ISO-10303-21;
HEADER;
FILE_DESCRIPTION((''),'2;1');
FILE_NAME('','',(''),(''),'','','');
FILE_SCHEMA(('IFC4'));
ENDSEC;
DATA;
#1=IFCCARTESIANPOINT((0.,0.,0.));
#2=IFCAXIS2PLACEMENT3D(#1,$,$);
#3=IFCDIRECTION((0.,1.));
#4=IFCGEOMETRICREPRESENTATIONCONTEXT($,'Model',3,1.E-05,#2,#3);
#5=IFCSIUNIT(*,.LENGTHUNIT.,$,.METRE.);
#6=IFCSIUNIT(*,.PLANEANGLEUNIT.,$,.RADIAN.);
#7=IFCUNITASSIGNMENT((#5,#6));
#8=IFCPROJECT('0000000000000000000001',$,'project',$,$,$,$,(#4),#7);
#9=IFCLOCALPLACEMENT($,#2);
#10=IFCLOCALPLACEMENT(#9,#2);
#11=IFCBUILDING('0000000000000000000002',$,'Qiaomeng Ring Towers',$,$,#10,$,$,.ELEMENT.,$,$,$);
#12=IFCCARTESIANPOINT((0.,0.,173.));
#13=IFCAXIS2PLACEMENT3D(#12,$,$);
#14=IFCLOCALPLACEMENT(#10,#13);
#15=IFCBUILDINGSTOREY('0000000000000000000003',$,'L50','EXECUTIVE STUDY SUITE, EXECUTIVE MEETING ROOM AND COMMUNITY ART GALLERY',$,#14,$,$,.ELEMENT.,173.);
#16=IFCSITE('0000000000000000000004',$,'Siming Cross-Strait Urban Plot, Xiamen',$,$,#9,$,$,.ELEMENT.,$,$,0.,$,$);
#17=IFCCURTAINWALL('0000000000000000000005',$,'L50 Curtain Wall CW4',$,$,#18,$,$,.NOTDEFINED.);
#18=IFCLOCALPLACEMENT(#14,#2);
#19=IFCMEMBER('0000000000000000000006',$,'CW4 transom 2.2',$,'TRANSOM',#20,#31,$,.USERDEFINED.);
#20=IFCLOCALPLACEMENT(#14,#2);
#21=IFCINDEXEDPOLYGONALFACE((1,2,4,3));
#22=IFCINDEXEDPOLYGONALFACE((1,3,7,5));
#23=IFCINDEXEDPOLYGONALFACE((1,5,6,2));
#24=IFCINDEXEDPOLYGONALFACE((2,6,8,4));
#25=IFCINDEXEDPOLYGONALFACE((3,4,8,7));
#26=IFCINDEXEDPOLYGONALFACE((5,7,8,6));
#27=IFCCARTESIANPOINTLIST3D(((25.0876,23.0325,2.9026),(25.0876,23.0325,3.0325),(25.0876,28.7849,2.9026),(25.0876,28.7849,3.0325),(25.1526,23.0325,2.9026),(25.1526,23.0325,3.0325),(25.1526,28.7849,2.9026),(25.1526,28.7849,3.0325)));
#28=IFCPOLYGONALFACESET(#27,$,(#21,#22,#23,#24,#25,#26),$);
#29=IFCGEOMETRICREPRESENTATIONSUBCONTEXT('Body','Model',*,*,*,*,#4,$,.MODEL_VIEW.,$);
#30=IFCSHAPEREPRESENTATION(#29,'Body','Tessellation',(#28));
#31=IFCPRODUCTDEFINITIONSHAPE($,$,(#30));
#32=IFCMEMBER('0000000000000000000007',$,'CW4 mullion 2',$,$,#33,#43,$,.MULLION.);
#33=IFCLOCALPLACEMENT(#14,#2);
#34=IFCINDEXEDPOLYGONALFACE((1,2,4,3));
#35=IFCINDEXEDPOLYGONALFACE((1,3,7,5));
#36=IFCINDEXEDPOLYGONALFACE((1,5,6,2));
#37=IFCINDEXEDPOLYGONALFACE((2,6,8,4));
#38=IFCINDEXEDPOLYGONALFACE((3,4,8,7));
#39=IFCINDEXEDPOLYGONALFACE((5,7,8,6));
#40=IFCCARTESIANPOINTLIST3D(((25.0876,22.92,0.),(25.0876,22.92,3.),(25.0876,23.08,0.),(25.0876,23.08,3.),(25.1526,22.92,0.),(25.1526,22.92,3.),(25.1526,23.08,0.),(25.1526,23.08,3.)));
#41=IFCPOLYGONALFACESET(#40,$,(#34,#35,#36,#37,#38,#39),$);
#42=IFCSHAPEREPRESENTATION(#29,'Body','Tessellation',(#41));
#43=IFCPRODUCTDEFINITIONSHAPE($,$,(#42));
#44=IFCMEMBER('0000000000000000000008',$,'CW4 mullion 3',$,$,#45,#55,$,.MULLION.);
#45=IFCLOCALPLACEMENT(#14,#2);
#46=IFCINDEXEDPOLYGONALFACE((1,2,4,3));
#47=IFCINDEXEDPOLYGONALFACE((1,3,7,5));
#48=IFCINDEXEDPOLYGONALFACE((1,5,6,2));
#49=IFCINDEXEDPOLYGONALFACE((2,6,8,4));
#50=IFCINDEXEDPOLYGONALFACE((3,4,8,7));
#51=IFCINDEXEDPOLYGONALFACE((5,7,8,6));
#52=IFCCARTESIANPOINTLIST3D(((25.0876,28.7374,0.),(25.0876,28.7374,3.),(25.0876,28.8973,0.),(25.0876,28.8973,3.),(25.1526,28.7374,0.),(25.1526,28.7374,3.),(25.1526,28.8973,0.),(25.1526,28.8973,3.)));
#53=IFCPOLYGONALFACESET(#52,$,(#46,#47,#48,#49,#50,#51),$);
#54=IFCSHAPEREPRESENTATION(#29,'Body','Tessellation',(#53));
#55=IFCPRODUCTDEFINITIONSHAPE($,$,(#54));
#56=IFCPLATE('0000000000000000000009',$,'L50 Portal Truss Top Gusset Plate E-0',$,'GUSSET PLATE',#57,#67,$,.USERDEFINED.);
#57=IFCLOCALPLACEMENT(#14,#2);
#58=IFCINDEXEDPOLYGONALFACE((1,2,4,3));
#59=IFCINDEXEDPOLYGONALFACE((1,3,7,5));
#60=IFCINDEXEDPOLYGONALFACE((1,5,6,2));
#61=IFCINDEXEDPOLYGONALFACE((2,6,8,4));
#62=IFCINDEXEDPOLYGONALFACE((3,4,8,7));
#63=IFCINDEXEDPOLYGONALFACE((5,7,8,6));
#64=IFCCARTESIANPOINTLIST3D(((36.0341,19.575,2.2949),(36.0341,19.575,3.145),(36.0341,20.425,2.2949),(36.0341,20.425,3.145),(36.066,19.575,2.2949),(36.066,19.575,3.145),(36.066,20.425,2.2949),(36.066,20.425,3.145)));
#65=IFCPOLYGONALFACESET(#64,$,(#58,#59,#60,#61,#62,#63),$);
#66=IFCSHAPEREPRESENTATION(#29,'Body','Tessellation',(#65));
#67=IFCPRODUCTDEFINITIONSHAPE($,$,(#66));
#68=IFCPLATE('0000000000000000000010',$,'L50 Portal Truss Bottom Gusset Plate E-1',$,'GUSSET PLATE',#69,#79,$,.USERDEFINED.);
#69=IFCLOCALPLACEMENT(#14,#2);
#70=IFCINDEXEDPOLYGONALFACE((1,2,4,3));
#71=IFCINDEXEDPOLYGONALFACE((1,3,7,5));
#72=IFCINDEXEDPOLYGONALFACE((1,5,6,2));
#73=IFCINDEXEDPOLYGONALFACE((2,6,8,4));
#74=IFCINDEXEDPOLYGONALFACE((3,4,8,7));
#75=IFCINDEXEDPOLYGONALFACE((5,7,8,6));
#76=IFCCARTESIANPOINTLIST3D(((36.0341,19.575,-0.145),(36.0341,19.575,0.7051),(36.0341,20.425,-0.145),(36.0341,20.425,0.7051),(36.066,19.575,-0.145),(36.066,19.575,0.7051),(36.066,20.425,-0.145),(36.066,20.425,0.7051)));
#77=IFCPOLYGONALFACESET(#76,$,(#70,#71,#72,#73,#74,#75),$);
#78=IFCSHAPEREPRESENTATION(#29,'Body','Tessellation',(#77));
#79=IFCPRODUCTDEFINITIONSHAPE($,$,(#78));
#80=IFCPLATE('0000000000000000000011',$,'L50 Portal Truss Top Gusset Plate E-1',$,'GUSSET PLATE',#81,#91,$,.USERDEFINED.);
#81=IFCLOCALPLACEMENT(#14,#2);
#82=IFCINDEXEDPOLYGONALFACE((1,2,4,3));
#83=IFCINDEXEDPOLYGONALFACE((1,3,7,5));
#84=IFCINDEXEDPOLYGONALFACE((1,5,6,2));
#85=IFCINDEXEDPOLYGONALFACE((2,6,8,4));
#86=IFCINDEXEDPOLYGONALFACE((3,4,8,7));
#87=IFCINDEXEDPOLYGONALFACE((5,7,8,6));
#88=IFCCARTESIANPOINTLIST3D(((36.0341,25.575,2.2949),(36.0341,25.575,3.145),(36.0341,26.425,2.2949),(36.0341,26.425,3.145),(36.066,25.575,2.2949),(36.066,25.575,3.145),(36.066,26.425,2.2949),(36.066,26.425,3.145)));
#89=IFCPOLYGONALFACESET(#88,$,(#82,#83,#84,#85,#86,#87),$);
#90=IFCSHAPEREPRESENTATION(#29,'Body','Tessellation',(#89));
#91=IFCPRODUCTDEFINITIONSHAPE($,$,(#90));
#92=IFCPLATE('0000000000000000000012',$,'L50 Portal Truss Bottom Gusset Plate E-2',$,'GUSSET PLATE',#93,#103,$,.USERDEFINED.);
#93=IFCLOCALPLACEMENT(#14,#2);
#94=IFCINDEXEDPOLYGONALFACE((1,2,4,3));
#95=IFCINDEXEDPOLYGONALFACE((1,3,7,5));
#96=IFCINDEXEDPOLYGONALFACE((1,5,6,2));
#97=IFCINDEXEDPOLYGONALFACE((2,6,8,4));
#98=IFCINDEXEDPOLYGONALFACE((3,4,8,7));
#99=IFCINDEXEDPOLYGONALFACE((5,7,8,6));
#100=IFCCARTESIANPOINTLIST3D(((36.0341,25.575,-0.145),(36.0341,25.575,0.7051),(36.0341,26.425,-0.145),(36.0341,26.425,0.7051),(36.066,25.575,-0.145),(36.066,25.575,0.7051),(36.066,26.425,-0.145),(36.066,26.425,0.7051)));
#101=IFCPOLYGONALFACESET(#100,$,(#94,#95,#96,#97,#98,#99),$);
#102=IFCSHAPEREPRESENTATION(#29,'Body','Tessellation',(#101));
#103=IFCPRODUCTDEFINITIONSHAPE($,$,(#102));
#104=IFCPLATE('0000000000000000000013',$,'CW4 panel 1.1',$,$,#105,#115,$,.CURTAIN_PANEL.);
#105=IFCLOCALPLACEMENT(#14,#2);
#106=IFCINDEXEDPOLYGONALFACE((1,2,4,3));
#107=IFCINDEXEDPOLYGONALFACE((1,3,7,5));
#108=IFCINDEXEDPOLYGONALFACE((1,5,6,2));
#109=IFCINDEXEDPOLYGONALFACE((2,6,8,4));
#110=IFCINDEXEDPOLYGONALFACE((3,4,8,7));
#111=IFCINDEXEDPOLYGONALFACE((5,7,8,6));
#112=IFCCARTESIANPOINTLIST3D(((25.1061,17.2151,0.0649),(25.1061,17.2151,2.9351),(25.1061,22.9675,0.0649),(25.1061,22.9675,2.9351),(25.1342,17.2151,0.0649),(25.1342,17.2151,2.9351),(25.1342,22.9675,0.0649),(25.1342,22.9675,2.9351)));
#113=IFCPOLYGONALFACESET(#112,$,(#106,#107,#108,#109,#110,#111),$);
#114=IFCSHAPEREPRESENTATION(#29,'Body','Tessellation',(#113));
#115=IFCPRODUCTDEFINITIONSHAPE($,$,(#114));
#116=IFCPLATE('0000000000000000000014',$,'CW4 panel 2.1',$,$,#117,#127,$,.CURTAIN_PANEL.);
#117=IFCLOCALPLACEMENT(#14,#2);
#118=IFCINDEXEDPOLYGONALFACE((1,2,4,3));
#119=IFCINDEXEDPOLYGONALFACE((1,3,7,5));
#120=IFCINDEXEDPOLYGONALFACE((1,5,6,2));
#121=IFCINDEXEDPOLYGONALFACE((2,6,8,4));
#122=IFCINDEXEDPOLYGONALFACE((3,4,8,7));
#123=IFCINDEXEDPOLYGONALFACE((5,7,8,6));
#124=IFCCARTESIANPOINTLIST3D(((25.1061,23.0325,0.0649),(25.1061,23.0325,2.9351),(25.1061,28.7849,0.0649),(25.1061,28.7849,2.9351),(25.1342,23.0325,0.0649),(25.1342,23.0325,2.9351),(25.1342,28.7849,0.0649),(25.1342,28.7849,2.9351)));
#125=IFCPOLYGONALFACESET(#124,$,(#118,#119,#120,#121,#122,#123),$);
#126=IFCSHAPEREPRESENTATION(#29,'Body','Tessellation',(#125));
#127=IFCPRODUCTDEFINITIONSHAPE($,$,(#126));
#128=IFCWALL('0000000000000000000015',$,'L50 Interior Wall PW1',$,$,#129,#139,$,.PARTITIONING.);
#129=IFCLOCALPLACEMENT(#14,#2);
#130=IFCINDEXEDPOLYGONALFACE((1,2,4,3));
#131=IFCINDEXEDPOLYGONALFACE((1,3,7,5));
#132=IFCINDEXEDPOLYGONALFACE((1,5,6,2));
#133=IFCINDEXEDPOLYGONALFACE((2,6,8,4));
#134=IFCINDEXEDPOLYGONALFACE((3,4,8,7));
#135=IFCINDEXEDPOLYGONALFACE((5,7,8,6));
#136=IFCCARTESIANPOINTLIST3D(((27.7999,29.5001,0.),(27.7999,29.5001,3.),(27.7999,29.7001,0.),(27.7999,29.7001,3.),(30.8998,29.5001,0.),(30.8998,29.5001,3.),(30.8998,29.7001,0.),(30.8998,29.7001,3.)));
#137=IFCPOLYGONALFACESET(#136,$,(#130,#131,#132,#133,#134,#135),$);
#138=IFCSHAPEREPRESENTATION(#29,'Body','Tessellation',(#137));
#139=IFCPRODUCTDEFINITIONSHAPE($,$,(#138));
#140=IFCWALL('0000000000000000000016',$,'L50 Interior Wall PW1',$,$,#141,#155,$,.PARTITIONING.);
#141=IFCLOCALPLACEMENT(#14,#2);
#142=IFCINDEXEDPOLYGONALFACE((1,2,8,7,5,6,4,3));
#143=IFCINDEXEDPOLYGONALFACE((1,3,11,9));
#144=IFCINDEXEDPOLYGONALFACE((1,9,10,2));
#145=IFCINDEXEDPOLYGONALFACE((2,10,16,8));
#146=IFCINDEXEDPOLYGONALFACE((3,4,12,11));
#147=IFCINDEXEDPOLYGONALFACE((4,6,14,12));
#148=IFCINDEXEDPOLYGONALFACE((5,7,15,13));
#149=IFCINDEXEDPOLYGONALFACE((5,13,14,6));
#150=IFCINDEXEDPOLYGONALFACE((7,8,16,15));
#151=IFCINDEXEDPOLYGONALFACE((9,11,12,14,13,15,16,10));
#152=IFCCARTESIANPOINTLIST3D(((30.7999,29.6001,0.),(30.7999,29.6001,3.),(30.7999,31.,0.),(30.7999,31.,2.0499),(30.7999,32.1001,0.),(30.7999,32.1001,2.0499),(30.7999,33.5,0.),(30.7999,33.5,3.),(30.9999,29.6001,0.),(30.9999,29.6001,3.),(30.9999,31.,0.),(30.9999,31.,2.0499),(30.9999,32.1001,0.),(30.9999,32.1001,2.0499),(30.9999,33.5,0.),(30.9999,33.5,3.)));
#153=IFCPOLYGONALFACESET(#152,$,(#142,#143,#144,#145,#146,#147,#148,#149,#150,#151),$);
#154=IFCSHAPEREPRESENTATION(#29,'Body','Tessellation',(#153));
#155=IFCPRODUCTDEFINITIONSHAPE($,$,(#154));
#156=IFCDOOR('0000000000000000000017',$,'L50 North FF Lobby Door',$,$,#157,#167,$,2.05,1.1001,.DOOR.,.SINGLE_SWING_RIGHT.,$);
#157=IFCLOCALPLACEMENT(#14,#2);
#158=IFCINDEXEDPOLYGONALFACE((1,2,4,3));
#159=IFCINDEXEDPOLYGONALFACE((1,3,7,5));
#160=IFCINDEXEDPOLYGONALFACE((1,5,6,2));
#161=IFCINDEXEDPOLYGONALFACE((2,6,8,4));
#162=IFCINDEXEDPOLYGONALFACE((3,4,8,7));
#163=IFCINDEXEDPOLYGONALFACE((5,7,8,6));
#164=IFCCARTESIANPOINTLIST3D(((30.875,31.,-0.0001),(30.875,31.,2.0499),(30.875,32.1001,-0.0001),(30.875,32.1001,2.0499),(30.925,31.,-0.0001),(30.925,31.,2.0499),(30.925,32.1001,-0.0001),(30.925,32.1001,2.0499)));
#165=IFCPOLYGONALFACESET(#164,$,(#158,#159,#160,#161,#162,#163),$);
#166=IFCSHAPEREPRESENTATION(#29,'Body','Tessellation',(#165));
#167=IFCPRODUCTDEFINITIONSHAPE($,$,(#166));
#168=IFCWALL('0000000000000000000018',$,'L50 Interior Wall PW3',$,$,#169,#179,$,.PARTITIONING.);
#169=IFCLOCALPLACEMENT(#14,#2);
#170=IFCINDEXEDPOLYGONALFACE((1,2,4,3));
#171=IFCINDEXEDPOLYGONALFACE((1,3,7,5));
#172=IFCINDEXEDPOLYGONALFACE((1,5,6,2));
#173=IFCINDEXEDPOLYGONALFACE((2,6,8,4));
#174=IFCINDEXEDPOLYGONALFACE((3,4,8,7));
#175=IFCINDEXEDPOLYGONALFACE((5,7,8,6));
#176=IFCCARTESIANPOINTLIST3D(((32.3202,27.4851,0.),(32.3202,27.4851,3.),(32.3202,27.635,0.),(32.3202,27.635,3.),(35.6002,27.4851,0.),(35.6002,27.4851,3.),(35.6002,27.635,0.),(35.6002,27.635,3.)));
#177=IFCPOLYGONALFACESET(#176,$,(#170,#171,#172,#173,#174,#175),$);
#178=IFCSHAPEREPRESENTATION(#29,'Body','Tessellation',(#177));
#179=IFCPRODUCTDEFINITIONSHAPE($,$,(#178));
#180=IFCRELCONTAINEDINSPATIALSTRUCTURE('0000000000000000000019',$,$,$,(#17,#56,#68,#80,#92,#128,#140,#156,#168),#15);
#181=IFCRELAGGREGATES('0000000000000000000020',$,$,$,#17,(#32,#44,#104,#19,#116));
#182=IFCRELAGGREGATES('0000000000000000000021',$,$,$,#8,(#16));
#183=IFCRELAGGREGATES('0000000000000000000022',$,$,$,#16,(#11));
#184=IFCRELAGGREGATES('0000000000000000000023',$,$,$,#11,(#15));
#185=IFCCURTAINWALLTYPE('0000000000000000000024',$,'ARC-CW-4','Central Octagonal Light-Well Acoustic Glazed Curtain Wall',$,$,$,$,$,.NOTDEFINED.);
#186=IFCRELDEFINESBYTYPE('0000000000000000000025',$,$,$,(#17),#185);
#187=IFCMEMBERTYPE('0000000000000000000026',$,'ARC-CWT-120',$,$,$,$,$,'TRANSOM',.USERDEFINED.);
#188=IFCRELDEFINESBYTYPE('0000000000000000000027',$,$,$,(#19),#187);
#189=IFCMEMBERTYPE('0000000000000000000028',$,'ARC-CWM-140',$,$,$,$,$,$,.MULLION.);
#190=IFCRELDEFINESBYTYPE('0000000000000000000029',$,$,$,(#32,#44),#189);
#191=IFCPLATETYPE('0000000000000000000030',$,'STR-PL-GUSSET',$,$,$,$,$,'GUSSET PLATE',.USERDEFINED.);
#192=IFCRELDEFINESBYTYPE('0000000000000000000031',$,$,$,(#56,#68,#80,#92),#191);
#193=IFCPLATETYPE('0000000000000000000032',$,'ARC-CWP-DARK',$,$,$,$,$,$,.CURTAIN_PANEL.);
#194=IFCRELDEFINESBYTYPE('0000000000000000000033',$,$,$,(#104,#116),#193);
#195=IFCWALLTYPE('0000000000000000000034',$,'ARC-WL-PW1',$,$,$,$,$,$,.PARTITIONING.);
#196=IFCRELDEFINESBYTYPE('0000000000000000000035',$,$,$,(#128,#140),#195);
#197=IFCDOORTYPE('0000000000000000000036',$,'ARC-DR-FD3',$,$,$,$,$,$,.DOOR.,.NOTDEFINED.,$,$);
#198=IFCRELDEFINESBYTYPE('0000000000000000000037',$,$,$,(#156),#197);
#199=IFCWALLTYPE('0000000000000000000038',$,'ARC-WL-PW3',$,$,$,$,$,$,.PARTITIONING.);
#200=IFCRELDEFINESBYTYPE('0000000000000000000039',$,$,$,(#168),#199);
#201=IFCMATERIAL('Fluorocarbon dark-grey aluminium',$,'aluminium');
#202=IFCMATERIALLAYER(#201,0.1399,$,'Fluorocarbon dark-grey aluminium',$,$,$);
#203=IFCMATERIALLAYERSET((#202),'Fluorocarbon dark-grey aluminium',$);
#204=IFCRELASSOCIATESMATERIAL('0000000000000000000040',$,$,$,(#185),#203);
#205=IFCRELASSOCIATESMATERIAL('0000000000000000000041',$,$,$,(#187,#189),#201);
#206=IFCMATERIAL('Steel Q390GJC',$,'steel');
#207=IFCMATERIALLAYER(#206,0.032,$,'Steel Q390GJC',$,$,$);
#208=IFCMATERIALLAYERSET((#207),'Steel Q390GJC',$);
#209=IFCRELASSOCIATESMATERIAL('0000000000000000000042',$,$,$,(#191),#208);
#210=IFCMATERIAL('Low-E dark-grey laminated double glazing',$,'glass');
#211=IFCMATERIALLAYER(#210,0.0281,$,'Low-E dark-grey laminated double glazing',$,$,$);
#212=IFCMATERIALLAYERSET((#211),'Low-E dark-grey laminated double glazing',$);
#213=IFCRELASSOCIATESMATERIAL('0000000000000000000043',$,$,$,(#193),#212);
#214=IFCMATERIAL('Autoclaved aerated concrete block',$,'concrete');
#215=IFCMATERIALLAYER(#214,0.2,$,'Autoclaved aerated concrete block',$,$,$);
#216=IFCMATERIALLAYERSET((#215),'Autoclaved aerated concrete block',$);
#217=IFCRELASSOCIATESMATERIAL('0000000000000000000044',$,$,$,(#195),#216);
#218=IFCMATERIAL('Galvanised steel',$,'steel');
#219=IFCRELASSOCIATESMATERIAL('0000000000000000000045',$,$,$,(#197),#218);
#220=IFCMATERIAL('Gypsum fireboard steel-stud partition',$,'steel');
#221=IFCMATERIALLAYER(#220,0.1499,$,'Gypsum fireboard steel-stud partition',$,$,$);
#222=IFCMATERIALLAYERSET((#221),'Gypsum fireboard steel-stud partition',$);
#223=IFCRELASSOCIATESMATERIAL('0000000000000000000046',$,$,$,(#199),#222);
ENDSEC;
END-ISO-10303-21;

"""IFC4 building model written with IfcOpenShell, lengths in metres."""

from ifc_helpers import new_model, si_unit, direction, frame, frame_2d, origin, origin_2d, place, context, subcontext, project, spatial, rectangle, extrude, source, transform, mapped, material, layer, layer_set, material_profile, profile_set, type_object, element, fill, aggregate, save


model = new_model("IFC4")

# Units and contexts
model_context = context("Model", 3, precision=1e-05, world=origin(), true_north=direction((0.0, 1.0)))
body_context = subcontext(model_context, "Body", "Model", "MODEL_VIEW")
ifc_project = project(units=[si_unit("LENGTHUNIT", "METRE"), si_unit("PLANEANGLEUNIT", "RADIAN")], contexts=[model_context])

# Site, building, storey
site_placement = place(None, origin())
site = spatial("IfcSite", under=ifc_project, at=site_placement, Name="Siming Cross-Strait Urban Plot, Xiamen", CompositionType="ELEMENT", RefElevation=0.0)
building_placement = place(site_placement, origin())
building = spatial("IfcBuilding", under=site, at=building_placement, Name="Qiaomeng Ring Towers", CompositionType="ELEMENT")
storey_placement = place(building_placement, frame((0.0, 0.0, 173.0)))
storey = spatial("IfcBuildingStorey", under=building, at=storey_placement, Name="L50", Description="EXECUTIVE STUDY SUITE, EXECUTIVE MEETING ROOM AND COMMUNITY ART GALLERY", CompositionType="ELEMENT", Elevation=173.0)

# Shared definitions
ifc_material_1 = material(Name="Steel Q390GJC", Category="steel")

# Curtain wall, members
ifc_material_2 = material(Name="Fluorocarbon dark-grey aluminium", Category="aluminium")
ifc_layer_1 = layer(ifc_material_2, 0.1399, Name="Fluorocarbon dark-grey aluminium")
ifc_layer_set_1 = layer_set([ifc_layer_1], Name="Fluorocarbon dark-grey aluminium")
curtain_wall_type = type_object("IfcCurtainWallType", Name="ARC-CW-4", Description="Central Octagonal Light-Well Acoustic Glazed Curtain Wall", PredefinedType="NOTDEFINED", material=ifc_layer_set_1)
curtain_wall_placement = place(storey_placement, origin())
curtain_wall = element("IfcCurtainWall", 1, at=curtain_wall_placement, inside=storey, type_object=curtain_wall_type, Name="L50 Curtain Wall CW4", PredefinedType="NOTDEFINED")
ifc_material_profile_1 = material_profile(ifc_material_2, rectangle(XDim=0.0649, YDim=0.1299, at=origin_2d()), Name="ALU TRAN 65x130")
ifc_profile_set_1 = profile_set([ifc_material_profile_1], Name="Fluorocarbon dark-grey aluminium")
member_type_1 = type_object("IfcMemberType", Name="ARC-CWT-120", ElementType="TRANSOM", PredefinedType="USERDEFINED", material=ifc_profile_set_1)
shared_shape_1 = source(origin(), body_context, "Body", "SweptSolid", [
    extrude(rectangle(XDim=0.0649, YDim=0.1299, at=origin_2d()), origin(), (0.0, 0.0, 1.0), 5.7524),
])
member_1_placement = place(storey_placement, frame((25.1201, 23.0325, 2.9675), z_axis=(0.0, 1.0, 0.0), x_axis=(-1.0, 0.0, 0.0)))
member_1 = element("IfcMember", 2, at=member_1_placement, type_object=member_type_1, Name="CW4 transom 2.2", ObjectType="TRANSOM", PredefinedType="USERDEFINED", context=body_context, shape_type="MappedRepresentation", body=[
    mapped(shared_shape_1, transform((0.0, 0.0, 0.0), x_axis=(1.0, 0.0, 0.0), y_axis=(0.0, 1.0, 0.0), z_axis=(0.0, 0.0, 1.0), scale=1.0)),
])
ifc_material_profile_2 = material_profile(ifc_material_2, rectangle(XDim=0.0649, YDim=0.1599, at=origin_2d()), Name="ALU MULL 65x160")
ifc_profile_set_2 = profile_set([ifc_material_profile_2], Name="Fluorocarbon dark-grey aluminium")
member_type_2 = type_object("IfcMemberType", Name="ARC-CWM-140", PredefinedType="MULLION", material=ifc_profile_set_2)
shared_shape_2 = source(origin(), body_context, "Body", "SweptSolid", [
    extrude(rectangle(XDim=0.0649, YDim=0.1599, at=origin_2d()), origin(), (0.0, 0.0, 1.0), 3.0),
])
member_2_placement = place(storey_placement, frame((25.1201, 23.0, 0.0), z_axis=(0.0, 0.0, 1.0), x_axis=(-1.0, 0.0, 0.0)))
member_2 = element("IfcMember", 3, at=member_2_placement, type_object=member_type_2, Name="CW4 mullion 2", PredefinedType="MULLION", context=body_context, shape_type="MappedRepresentation", body=[
    mapped(shared_shape_2, transform((0.0, 0.0, 0.0), x_axis=(1.0, 0.0, 0.0), y_axis=(0.0, 1.0, 0.0), z_axis=(0.0, 0.0, 1.0), scale=1.0)),
])
member_3_placement = place(storey_placement, frame((25.1201, 28.8174, 0.0), z_axis=(0.0, 0.0, 1.0), x_axis=(-1.0, 0.0, 0.0)))
member_3 = element("IfcMember", 4, at=member_3_placement, type_object=member_type_2, Name="CW4 mullion 3", PredefinedType="MULLION", context=body_context, shape_type="MappedRepresentation", body=[
    mapped(shared_shape_2, transform((0.0, 0.0, 0.0), x_axis=(1.0, 0.0, 0.0), y_axis=(0.0, 1.0, 0.0), z_axis=(0.0, 0.0, 1.0), scale=1.0)),
])

# Plates
ifc_layer_2 = layer(ifc_material_1, 0.032, Name="Steel Q390GJC")
ifc_layer_set_2 = layer_set([ifc_layer_2], Name="Steel Q390GJC")
plate_type_1 = type_object("IfcPlateType", Name="STR-PL-GUSSET", ElementType="GUSSET PLATE", PredefinedType="USERDEFINED", material=ifc_layer_set_2)
shared_shape_3 = source(origin(), body_context, "Body", "SweptSolid", [
    extrude(rectangle(XDim=0.032, YDim=0.8501, at=origin_2d()), origin(), (0.0, 0.0, 1.0), 0.8501),
])
for number, where, z_axis, x_axis, name in (
    (5, (36.05, 20.0, 2.2949), (0.0, 0.0, 1.0), (1.0, 0.0, 0.0), "L50 Portal Truss Top Gusset Plate E-0"),
    (6, (36.05, 20.0, -0.145), (0.0, 0.0, 1.0), (1.0, 0.0, 0.0), "L50 Portal Truss Bottom Gusset Plate E-1"),
    (7, (36.05, 26.0, 2.2949), (0.0, 0.0, 1.0), (1.0, 0.0, 0.0), "L50 Portal Truss Top Gusset Plate E-1"),
    (8, (36.05, 26.0, -0.145), (0.0, 0.0, 1.0), (1.0, 0.0, 0.0), "L50 Portal Truss Bottom Gusset Plate E-2"),
):
    element("IfcPlate", number, at=place(storey_placement, frame(where, z_axis=z_axis, x_axis=x_axis)), inside=storey, type_object=plate_type_1, Name=name, ObjectType="GUSSET PLATE", PredefinedType="USERDEFINED", context=body_context, shape_type="MappedRepresentation", body=[
        mapped(shared_shape_3, transform((0.0, 0.0, 0.0), x_axis=(1.0, 0.0, 0.0), y_axis=(0.0, 1.0, 0.0), z_axis=(0.0, 0.0, 1.0), scale=1.0)),
    ])

# Plates
ifc_material_3 = material(Name="Low-E dark-grey laminated double glazing", Category="glass")
ifc_layer_3 = layer(ifc_material_3, 0.0281, Name="Low-E dark-grey laminated double glazing")
ifc_layer_set_3 = layer_set([ifc_layer_3], Name="Low-E dark-grey laminated double glazing")
plate_type_2 = type_object("IfcPlateType", Name="ARC-CWP-DARK", PredefinedType="CURTAIN_PANEL", material=ifc_layer_set_3)
shared_shape_4 = source(origin(), body_context, "Body", "SweptSolid", [
    extrude(rectangle(XDim=5.7524, YDim=0.0281, at=origin_2d()), origin(), (0.0, 0.0, 1.0), 2.8701),
])
plate_1_placement = place(storey_placement, frame((25.1201, 20.0913, 0.0649), z_axis=(0.0, 0.0, 1.0), x_axis=(0.0, 1.0, 0.0)))
plate_1 = element("IfcPlate", 9, at=plate_1_placement, type_object=plate_type_2, Name="CW4 panel 1.1", PredefinedType="CURTAIN_PANEL", context=body_context, shape_type="MappedRepresentation", body=[
    mapped(shared_shape_4, transform((0.0, 0.0, 0.0), x_axis=(1.0, 0.0, 0.0), y_axis=(0.0, 1.0, 0.0), z_axis=(0.0, 0.0, 1.0), scale=1.0)),
])
plate_2_placement = place(storey_placement, frame((25.1201, 25.9087, 0.0649), z_axis=(0.0, 0.0, 1.0), x_axis=(0.0, 1.0, 0.0)))
plate_2 = element("IfcPlate", 10, at=plate_2_placement, type_object=plate_type_2, Name="CW4 panel 2.1", PredefinedType="CURTAIN_PANEL", context=body_context, shape_type="MappedRepresentation", body=[
    mapped(shared_shape_4, transform((0.0, 0.0, 0.0), x_axis=(1.0, 0.0, 0.0), y_axis=(0.0, 1.0, 0.0), z_axis=(0.0, 0.0, 1.0), scale=1.0)),
])
aggregate(curtain_wall, [member_2, member_3, plate_1, member_1, plate_2])

# Wall
ifc_material_4 = material(Name="Autoclaved aerated concrete block", Category="concrete")
ifc_layer_4 = layer(ifc_material_4, 0.2, Name="Autoclaved aerated concrete block")
ifc_layer_set_4 = layer_set([ifc_layer_4], Name="Autoclaved aerated concrete block")
wall_type_1 = type_object("IfcWallType", Name="ARC-WL-PW1", PredefinedType="PARTITIONING", material=ifc_layer_set_4)
wall_1_placement = place(storey_placement, frame((27.8, 29.6001, 0.0), z_axis=(0.0, 0.0, 1.0), x_axis=(1.0, 0.0, 0.0)))
element("IfcWall", 11, at=wall_1_placement, inside=storey, type_object=wall_type_1, Name="L50 Interior Wall PW1", PredefinedType="PARTITIONING", context=body_context, shape_type="SweptSolid", body=[
    extrude(rectangle(XDim=3.0999, YDim=0.2, at=frame_2d((1.5498, 0.0))), origin(), (0.0, 0.0, 1.0), 3.0),
])

# Wall, opening, door
wall_2_placement = place(storey_placement, frame((30.8999, 29.6001, 0.0), z_axis=(0.0, 0.0, 1.0), x_axis=(0.0, 1.0, 0.0)))
wall_2 = element("IfcWall", 12, at=wall_2_placement, inside=storey, type_object=wall_type_1, Name="L50 Interior Wall PW1", PredefinedType="PARTITIONING", context=body_context, shape_type="SweptSolid", body=[
    extrude(rectangle(XDim=3.8999, YDim=0.2, at=frame_2d((1.95, 0.0))), origin(), (0.0, 0.0, 1.0), 3.0),
])
opening_1_placement = place(wall_2_placement, frame((1.3999, 0.0, 0.0)))
opening_1 = element("IfcOpeningElement", 13, at=opening_1_placement, cuts=wall_2, PredefinedType="OPENING", context=body_context, shape_type="SweptSolid", body=[
    extrude(rectangle(XDim=1.1001, YDim=2.05, at=frame_2d((0.55, 1.0249))), frame((0.0, 0.1099, 0.0), z_axis=(0.0, -1.0, 0.0), x_axis=(1.0, 0.0, 0.0)), (0.0, 0.0, 1.0), 0.22),
])
ifc_material_5 = material(Name="Galvanised steel", Category="steel")
door_type_1 = type_object("IfcDoorType", Name="ARC-DR-FD3", OperationType="NOTDEFINED", PredefinedType="DOOR", material=ifc_material_5)
shared_shape_5 = source(origin(), body_context, "Body", "SweptSolid", [
    extrude(rectangle(XDim=1.1001, YDim=2.05, at=frame_2d((0.55, 1.0249))), frame((0.0, 0.0249, 0.0), z_axis=(0.0, -1.0, 0.0), x_axis=(1.0, 0.0, 0.0)), (0.0, 0.0, 1.0), 0.05),
])
door_1_placement = place(opening_1_placement, origin())
door_1 = element("IfcDoor", 14, at=door_1_placement, inside=storey, type_object=door_type_1, Name="L50 North FF Lobby Door", OperationType="SINGLE_SWING_RIGHT", OverallHeight=2.05, OverallWidth=1.1001, PredefinedType="DOOR", context=body_context, shape_type="MappedRepresentation", body=[
    mapped(shared_shape_5, transform((0.0, 0.0, 0.0), x_axis=(1.0, 0.0, 0.0), y_axis=(0.0, 1.0, 0.0), z_axis=(0.0, 0.0, 1.0), scale=1.0)),
])
fill(opening_1, door_1)

# Wall
ifc_material_6 = material(Name="Gypsum fireboard steel-stud partition", Category="steel")
ifc_layer_5 = layer(ifc_material_6, 0.1499, Name="Gypsum fireboard steel-stud partition")
ifc_layer_set_5 = layer_set([ifc_layer_5], Name="Gypsum fireboard steel-stud partition")
wall_type_2 = type_object("IfcWallType", Name="ARC-WL-PW3", PredefinedType="PARTITIONING", material=ifc_layer_set_5)
wall_3_placement = place(storey_placement, frame((32.3201, 27.5601, 0.0), z_axis=(0.0, 0.0, 1.0), x_axis=(1.0, 0.0, 0.0)))
element("IfcWall", 15, at=wall_3_placement, inside=storey, type_object=wall_type_2, Name="L50 Interior Wall PW3", PredefinedType="PARTITIONING", context=body_context, shape_type="SweptSolid", body=[
    extrude(rectangle(XDim=3.28, YDim=0.1499, at=frame_2d((1.6401, 0.0))), origin(), (0.0, 0.0, 1.0), 3.0),
])

save(model, "model.ifc")
